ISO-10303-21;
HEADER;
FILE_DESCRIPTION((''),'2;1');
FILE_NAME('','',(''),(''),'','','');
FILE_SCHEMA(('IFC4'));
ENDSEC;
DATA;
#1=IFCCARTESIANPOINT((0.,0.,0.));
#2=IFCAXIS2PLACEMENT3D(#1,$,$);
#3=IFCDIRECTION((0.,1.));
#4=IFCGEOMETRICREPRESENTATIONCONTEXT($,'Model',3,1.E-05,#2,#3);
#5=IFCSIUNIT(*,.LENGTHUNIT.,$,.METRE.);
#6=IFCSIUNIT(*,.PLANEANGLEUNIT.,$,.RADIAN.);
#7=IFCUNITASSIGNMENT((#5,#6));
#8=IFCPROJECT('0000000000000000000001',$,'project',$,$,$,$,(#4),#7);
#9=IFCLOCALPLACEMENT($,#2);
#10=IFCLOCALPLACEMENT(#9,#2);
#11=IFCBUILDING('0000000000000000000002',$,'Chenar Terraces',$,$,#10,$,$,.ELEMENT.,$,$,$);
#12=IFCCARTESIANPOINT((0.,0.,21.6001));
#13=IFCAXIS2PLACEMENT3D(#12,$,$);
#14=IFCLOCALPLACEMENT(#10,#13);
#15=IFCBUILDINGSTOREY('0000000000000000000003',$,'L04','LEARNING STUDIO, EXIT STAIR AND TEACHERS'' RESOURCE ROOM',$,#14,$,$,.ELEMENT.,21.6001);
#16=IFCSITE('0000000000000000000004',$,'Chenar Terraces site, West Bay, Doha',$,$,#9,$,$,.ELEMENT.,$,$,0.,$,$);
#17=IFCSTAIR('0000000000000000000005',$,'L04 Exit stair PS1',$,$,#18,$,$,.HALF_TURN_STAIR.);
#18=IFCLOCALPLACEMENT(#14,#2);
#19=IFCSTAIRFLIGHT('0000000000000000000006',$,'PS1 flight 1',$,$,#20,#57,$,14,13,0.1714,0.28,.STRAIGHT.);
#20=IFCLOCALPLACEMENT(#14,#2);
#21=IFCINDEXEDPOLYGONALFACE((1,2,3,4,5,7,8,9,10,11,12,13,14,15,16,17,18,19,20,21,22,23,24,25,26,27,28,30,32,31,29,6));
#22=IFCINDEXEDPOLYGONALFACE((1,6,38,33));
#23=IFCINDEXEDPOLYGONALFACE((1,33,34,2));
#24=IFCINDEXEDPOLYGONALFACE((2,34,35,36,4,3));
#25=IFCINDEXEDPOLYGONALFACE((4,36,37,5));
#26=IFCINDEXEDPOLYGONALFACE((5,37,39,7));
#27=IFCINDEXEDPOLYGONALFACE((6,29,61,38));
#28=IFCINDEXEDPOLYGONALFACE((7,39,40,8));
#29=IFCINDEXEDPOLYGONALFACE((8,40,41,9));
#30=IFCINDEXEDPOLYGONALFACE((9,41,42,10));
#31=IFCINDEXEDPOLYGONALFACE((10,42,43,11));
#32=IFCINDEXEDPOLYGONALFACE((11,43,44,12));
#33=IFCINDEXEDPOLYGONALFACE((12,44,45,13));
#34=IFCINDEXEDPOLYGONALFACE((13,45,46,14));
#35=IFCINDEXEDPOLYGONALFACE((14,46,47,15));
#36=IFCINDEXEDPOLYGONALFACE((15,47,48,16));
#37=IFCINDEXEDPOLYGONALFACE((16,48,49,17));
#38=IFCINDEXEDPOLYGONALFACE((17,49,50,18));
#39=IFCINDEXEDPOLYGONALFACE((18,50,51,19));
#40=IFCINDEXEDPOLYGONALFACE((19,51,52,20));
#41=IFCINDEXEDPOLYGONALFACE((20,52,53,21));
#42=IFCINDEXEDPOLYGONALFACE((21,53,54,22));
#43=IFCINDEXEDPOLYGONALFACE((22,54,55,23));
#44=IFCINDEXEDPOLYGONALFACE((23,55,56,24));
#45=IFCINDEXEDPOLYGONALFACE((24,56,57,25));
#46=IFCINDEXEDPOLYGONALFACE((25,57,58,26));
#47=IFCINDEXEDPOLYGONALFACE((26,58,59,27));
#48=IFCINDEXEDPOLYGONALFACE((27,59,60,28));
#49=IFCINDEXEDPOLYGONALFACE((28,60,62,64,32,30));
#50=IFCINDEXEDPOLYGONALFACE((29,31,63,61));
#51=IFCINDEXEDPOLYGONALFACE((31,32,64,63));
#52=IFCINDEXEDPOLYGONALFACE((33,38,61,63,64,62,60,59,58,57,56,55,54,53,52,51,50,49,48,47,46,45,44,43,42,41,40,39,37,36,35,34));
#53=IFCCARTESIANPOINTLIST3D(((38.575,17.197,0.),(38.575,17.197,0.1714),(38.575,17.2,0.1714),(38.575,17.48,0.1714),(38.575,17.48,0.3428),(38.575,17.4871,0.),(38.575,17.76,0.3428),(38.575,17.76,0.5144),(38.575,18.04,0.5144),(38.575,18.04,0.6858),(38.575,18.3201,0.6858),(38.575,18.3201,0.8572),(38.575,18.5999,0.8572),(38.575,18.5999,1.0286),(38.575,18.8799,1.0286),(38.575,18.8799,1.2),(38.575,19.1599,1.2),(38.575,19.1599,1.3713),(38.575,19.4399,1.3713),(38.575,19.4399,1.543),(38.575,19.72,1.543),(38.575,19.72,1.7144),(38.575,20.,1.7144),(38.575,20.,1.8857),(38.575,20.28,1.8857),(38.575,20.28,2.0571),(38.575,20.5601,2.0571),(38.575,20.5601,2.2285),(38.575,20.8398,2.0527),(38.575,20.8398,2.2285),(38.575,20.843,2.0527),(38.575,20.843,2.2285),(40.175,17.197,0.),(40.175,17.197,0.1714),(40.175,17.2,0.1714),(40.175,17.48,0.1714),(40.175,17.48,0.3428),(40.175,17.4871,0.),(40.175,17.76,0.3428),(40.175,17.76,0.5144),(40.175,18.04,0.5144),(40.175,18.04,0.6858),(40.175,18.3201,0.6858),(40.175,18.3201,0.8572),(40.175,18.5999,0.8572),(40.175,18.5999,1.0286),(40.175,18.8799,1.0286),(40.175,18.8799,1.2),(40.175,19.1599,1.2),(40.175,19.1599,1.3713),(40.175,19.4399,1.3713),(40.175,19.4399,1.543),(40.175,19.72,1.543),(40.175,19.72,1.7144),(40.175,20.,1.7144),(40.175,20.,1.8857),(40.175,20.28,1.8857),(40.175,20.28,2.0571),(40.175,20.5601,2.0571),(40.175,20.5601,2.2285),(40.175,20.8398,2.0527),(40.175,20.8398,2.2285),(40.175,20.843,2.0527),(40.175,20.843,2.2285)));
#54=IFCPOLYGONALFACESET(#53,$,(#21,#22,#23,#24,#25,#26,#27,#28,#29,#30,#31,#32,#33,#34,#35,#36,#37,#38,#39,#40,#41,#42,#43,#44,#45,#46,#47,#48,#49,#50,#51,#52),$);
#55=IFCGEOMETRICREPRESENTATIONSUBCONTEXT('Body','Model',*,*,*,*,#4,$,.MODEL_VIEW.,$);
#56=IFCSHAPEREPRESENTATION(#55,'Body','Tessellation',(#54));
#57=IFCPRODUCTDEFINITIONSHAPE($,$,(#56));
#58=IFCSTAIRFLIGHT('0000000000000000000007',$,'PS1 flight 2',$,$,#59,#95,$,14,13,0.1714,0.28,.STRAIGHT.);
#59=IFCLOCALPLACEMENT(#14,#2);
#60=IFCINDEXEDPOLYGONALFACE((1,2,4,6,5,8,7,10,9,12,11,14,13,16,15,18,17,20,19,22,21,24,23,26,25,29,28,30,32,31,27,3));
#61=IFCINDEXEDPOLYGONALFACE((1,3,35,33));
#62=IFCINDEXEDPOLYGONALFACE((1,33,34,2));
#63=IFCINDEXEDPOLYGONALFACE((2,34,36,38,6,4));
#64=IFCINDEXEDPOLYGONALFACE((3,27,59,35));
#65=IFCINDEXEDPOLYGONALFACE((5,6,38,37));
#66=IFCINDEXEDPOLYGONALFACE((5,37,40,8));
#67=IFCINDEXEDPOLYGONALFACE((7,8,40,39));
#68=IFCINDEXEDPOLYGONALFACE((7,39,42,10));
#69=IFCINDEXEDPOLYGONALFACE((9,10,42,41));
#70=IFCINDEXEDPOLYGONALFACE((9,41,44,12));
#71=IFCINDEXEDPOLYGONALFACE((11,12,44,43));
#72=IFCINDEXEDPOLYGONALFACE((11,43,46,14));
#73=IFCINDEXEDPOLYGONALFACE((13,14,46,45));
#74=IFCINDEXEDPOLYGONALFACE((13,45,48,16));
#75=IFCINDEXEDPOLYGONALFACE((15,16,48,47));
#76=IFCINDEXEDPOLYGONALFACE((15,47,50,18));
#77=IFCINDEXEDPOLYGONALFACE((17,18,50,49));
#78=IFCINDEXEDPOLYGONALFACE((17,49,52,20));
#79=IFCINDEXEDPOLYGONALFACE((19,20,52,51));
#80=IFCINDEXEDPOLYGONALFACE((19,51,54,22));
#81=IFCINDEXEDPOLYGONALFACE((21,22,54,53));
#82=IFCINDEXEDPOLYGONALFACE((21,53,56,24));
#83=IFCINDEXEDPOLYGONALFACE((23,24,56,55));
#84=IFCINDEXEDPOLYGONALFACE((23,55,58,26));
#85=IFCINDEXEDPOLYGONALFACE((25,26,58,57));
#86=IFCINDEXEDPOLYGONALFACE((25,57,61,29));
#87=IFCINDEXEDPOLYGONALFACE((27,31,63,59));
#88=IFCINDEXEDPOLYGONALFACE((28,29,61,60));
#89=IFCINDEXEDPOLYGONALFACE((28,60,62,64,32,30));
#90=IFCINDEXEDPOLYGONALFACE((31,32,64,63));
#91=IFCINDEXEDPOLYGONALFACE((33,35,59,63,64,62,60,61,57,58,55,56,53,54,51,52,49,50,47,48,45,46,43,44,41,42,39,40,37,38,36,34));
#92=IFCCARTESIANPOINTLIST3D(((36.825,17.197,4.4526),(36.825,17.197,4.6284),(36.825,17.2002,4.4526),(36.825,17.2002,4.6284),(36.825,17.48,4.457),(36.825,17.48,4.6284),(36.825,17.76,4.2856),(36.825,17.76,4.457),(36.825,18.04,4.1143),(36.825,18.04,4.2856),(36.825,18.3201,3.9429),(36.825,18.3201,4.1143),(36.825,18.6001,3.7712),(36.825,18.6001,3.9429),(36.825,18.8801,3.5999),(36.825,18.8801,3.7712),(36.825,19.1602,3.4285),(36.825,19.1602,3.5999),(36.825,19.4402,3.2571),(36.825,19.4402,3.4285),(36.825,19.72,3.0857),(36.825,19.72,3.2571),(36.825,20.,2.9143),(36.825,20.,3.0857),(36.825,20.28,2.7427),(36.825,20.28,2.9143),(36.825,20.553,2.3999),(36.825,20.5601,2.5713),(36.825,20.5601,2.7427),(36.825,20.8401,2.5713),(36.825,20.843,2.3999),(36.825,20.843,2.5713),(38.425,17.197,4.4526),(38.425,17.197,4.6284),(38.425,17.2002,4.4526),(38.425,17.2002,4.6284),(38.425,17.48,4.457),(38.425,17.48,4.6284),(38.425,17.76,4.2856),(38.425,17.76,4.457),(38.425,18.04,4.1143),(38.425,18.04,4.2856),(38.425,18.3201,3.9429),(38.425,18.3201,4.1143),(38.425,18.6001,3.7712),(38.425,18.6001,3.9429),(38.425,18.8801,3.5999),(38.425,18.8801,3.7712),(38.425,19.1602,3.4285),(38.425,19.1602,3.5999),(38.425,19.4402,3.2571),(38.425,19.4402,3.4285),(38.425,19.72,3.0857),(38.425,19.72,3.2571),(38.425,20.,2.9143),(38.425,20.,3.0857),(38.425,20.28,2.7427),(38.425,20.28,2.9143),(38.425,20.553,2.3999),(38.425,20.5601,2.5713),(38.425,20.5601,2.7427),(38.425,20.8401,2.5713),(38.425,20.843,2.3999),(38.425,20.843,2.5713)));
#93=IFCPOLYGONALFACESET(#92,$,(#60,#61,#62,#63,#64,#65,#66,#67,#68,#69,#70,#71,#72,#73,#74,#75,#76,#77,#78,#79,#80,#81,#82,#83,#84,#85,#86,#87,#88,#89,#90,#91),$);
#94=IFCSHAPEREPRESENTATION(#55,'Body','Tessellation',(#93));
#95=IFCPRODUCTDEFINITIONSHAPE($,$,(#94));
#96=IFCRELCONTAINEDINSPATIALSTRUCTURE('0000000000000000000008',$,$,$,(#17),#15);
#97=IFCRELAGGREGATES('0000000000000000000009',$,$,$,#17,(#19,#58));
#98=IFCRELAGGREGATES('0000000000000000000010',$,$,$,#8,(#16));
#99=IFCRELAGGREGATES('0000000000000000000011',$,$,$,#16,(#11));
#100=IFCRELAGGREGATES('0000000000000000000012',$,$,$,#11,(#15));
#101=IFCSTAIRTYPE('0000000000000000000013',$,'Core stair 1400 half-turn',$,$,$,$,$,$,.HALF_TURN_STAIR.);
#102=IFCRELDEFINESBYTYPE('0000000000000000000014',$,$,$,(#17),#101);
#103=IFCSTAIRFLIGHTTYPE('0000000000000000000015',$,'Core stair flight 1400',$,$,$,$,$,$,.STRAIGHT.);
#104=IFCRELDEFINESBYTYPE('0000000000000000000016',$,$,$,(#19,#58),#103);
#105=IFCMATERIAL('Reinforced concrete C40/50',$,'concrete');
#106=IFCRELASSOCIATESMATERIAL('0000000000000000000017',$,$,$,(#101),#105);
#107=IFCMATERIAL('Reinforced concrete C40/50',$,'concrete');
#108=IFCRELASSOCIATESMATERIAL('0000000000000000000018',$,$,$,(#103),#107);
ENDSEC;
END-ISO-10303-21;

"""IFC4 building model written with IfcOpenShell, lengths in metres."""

from ifc_helpers import new_model, si_unit, direction, frame, origin, place, context, subcontext, project, spatial, polyline, outline, extrude, material, type_object, element, aggregate, save


model = new_model("IFC4")

# Units and contexts
model_context = context("Model", 3, precision=1e-05, world=origin(), true_north=direction((0.0, 1.0)))
body_context = subcontext(model_context, "Body", "Model", "MODEL_VIEW")
ifc_project = project(units=[si_unit("LENGTHUNIT", "METRE"), si_unit("PLANEANGLEUNIT", "RADIAN")], contexts=[model_context])

# Site, building, storey
site_placement = place(None, origin())
site = spatial("IfcSite", under=ifc_project, at=site_placement, Name="Chenar Terraces site, West Bay, Doha", CompositionType="ELEMENT", RefElevation=0.0)
building_placement = place(site_placement, origin())
building = spatial("IfcBuilding", under=site, at=building_placement, Name="Chenar Terraces", CompositionType="ELEMENT")
storey_placement = place(building_placement, frame((0.0, 0.0, 21.6001)))
storey = spatial("IfcBuildingStorey", under=building, at=storey_placement, Name="L04", Description="LEARNING STUDIO, EXIT STAIR AND TEACHERS' RESOURCE ROOM", CompositionType="ELEMENT", Elevation=21.6001)

# Stair, stair flights
ifc_material_1 = material(Name="Reinforced concrete C40/50", Category="concrete")
stair_type = type_object("IfcStairType", Name="Core stair 1400 half-turn", PredefinedType="HALF_TURN_STAIR", material=ifc_material_1)
stair_placement = place(storey_placement, origin())
stair = element("IfcStair", 1, at=stair_placement, inside=storey, type_object=stair_type, Name="L04 Exit stair PS1", PredefinedType="HALF_TURN_STAIR")
ifc_material_2 = material(Name="Reinforced concrete C40/50", Category="concrete")
stair_flight_type = type_object("IfcStairFlightType", Name="Core stair flight 1400", PredefinedType="STRAIGHT", material=ifc_material_2)
stair_flight_1_placement = place(storey_placement, frame((39.375, 17.2, 0.0), z_axis=(0.0, 0.0, 1.0), x_axis=(0.0, 1.0, 0.0)))
stair_flight_1 = element("IfcStairFlight", 2, at=stair_flight_1_placement, type_object=stair_flight_type, Name="PS1 flight 1", NumberOfRisers=14, NumberOfTreads=13, PredefinedType="STRAIGHT", RiserHeight=0.1714, TreadLength=0.28, context=body_context, shape_type="SweptSolid", body=[
    extrude(outline(polyline([(-0.0029, 0.0), (-0.0029, 0.1714), (0.0, 0.1714), (0.28, 0.1714), (0.28, 0.3428), (0.5601, 0.3428), (0.5601, 0.5144), (0.8401, 0.5144), (0.8401, 0.6858), (1.1201, 0.6858), (1.1201, 0.8572), (1.3999, 0.8572), (1.3999, 1.0286), (1.6799, 1.0286), (1.6799, 1.2), (1.96, 1.2), (1.96, 1.3713), (2.24, 1.3713), (2.24, 1.543), (2.52, 1.543), (2.52, 1.7144), (2.8, 1.7144), (2.8, 1.8857), (3.0801, 1.8857), (3.0801, 2.0571), (3.3601, 2.0571), (3.3601, 2.2285), (3.6399, 2.2285), (3.6431, 2.2285), (3.6431, 2.0527), (3.6399, 2.0527), (0.2871, 0.0), (-0.0029, 0.0)])), frame((0.0, 0.8, 0.0), z_axis=(0.0, -1.0, 0.0), x_axis=(1.0, 0.0, 0.0)), (0.0, 0.0, 1.0), 1.6001),
])
stair_flight_2_placement = place(storey_placement, frame((37.625, 20.8401, 2.3999), z_axis=(0.0, 0.0, 1.0), x_axis=(0.0, -1.0, 0.0)))
stair_flight_2 = element("IfcStairFlight", 3, at=stair_flight_2_placement, type_object=stair_flight_type, Name="PS1 flight 2", NumberOfRisers=14, NumberOfTreads=13, PredefinedType="STRAIGHT", RiserHeight=0.1714, TreadLength=0.28, context=body_context, shape_type="SweptSolid", body=[
    extrude(outline(polyline([(-0.0029, 0.0), (-0.0029, 0.1714), (0.0, 0.1714), (0.28, 0.1714), (0.28, 0.3428), (0.5601, 0.3428), (0.5601, 0.5144), (0.8401, 0.5144), (0.8401, 0.6858), (1.1201, 0.6858), (1.1201, 0.8572), (1.3999, 0.8572), (1.3999, 1.0286), (1.6799, 1.0286), (1.6799, 1.2), (1.96, 1.2), (1.96, 1.3713), (2.24, 1.3713), (2.24, 1.543), (2.52, 1.543), (2.52, 1.7144), (2.8, 1.7144), (2.8, 1.8857), (3.0801, 1.8857), (3.0801, 2.0571), (3.3601, 2.0571), (3.3601, 2.2285), (3.6399, 2.2285), (3.6431, 2.2285), (3.6431, 2.0527), (3.6399, 2.0527), (0.2871, 0.0), (-0.0029, 0.0)])), frame((0.0, 0.8, 0.0), z_axis=(0.0, -1.0, 0.0), x_axis=(1.0, 0.0, 0.0)), (0.0, 0.0, 1.0), 1.6001),
])
aggregate(stair, [stair_flight_1, stair_flight_2])

save(model, "model.ifc")
